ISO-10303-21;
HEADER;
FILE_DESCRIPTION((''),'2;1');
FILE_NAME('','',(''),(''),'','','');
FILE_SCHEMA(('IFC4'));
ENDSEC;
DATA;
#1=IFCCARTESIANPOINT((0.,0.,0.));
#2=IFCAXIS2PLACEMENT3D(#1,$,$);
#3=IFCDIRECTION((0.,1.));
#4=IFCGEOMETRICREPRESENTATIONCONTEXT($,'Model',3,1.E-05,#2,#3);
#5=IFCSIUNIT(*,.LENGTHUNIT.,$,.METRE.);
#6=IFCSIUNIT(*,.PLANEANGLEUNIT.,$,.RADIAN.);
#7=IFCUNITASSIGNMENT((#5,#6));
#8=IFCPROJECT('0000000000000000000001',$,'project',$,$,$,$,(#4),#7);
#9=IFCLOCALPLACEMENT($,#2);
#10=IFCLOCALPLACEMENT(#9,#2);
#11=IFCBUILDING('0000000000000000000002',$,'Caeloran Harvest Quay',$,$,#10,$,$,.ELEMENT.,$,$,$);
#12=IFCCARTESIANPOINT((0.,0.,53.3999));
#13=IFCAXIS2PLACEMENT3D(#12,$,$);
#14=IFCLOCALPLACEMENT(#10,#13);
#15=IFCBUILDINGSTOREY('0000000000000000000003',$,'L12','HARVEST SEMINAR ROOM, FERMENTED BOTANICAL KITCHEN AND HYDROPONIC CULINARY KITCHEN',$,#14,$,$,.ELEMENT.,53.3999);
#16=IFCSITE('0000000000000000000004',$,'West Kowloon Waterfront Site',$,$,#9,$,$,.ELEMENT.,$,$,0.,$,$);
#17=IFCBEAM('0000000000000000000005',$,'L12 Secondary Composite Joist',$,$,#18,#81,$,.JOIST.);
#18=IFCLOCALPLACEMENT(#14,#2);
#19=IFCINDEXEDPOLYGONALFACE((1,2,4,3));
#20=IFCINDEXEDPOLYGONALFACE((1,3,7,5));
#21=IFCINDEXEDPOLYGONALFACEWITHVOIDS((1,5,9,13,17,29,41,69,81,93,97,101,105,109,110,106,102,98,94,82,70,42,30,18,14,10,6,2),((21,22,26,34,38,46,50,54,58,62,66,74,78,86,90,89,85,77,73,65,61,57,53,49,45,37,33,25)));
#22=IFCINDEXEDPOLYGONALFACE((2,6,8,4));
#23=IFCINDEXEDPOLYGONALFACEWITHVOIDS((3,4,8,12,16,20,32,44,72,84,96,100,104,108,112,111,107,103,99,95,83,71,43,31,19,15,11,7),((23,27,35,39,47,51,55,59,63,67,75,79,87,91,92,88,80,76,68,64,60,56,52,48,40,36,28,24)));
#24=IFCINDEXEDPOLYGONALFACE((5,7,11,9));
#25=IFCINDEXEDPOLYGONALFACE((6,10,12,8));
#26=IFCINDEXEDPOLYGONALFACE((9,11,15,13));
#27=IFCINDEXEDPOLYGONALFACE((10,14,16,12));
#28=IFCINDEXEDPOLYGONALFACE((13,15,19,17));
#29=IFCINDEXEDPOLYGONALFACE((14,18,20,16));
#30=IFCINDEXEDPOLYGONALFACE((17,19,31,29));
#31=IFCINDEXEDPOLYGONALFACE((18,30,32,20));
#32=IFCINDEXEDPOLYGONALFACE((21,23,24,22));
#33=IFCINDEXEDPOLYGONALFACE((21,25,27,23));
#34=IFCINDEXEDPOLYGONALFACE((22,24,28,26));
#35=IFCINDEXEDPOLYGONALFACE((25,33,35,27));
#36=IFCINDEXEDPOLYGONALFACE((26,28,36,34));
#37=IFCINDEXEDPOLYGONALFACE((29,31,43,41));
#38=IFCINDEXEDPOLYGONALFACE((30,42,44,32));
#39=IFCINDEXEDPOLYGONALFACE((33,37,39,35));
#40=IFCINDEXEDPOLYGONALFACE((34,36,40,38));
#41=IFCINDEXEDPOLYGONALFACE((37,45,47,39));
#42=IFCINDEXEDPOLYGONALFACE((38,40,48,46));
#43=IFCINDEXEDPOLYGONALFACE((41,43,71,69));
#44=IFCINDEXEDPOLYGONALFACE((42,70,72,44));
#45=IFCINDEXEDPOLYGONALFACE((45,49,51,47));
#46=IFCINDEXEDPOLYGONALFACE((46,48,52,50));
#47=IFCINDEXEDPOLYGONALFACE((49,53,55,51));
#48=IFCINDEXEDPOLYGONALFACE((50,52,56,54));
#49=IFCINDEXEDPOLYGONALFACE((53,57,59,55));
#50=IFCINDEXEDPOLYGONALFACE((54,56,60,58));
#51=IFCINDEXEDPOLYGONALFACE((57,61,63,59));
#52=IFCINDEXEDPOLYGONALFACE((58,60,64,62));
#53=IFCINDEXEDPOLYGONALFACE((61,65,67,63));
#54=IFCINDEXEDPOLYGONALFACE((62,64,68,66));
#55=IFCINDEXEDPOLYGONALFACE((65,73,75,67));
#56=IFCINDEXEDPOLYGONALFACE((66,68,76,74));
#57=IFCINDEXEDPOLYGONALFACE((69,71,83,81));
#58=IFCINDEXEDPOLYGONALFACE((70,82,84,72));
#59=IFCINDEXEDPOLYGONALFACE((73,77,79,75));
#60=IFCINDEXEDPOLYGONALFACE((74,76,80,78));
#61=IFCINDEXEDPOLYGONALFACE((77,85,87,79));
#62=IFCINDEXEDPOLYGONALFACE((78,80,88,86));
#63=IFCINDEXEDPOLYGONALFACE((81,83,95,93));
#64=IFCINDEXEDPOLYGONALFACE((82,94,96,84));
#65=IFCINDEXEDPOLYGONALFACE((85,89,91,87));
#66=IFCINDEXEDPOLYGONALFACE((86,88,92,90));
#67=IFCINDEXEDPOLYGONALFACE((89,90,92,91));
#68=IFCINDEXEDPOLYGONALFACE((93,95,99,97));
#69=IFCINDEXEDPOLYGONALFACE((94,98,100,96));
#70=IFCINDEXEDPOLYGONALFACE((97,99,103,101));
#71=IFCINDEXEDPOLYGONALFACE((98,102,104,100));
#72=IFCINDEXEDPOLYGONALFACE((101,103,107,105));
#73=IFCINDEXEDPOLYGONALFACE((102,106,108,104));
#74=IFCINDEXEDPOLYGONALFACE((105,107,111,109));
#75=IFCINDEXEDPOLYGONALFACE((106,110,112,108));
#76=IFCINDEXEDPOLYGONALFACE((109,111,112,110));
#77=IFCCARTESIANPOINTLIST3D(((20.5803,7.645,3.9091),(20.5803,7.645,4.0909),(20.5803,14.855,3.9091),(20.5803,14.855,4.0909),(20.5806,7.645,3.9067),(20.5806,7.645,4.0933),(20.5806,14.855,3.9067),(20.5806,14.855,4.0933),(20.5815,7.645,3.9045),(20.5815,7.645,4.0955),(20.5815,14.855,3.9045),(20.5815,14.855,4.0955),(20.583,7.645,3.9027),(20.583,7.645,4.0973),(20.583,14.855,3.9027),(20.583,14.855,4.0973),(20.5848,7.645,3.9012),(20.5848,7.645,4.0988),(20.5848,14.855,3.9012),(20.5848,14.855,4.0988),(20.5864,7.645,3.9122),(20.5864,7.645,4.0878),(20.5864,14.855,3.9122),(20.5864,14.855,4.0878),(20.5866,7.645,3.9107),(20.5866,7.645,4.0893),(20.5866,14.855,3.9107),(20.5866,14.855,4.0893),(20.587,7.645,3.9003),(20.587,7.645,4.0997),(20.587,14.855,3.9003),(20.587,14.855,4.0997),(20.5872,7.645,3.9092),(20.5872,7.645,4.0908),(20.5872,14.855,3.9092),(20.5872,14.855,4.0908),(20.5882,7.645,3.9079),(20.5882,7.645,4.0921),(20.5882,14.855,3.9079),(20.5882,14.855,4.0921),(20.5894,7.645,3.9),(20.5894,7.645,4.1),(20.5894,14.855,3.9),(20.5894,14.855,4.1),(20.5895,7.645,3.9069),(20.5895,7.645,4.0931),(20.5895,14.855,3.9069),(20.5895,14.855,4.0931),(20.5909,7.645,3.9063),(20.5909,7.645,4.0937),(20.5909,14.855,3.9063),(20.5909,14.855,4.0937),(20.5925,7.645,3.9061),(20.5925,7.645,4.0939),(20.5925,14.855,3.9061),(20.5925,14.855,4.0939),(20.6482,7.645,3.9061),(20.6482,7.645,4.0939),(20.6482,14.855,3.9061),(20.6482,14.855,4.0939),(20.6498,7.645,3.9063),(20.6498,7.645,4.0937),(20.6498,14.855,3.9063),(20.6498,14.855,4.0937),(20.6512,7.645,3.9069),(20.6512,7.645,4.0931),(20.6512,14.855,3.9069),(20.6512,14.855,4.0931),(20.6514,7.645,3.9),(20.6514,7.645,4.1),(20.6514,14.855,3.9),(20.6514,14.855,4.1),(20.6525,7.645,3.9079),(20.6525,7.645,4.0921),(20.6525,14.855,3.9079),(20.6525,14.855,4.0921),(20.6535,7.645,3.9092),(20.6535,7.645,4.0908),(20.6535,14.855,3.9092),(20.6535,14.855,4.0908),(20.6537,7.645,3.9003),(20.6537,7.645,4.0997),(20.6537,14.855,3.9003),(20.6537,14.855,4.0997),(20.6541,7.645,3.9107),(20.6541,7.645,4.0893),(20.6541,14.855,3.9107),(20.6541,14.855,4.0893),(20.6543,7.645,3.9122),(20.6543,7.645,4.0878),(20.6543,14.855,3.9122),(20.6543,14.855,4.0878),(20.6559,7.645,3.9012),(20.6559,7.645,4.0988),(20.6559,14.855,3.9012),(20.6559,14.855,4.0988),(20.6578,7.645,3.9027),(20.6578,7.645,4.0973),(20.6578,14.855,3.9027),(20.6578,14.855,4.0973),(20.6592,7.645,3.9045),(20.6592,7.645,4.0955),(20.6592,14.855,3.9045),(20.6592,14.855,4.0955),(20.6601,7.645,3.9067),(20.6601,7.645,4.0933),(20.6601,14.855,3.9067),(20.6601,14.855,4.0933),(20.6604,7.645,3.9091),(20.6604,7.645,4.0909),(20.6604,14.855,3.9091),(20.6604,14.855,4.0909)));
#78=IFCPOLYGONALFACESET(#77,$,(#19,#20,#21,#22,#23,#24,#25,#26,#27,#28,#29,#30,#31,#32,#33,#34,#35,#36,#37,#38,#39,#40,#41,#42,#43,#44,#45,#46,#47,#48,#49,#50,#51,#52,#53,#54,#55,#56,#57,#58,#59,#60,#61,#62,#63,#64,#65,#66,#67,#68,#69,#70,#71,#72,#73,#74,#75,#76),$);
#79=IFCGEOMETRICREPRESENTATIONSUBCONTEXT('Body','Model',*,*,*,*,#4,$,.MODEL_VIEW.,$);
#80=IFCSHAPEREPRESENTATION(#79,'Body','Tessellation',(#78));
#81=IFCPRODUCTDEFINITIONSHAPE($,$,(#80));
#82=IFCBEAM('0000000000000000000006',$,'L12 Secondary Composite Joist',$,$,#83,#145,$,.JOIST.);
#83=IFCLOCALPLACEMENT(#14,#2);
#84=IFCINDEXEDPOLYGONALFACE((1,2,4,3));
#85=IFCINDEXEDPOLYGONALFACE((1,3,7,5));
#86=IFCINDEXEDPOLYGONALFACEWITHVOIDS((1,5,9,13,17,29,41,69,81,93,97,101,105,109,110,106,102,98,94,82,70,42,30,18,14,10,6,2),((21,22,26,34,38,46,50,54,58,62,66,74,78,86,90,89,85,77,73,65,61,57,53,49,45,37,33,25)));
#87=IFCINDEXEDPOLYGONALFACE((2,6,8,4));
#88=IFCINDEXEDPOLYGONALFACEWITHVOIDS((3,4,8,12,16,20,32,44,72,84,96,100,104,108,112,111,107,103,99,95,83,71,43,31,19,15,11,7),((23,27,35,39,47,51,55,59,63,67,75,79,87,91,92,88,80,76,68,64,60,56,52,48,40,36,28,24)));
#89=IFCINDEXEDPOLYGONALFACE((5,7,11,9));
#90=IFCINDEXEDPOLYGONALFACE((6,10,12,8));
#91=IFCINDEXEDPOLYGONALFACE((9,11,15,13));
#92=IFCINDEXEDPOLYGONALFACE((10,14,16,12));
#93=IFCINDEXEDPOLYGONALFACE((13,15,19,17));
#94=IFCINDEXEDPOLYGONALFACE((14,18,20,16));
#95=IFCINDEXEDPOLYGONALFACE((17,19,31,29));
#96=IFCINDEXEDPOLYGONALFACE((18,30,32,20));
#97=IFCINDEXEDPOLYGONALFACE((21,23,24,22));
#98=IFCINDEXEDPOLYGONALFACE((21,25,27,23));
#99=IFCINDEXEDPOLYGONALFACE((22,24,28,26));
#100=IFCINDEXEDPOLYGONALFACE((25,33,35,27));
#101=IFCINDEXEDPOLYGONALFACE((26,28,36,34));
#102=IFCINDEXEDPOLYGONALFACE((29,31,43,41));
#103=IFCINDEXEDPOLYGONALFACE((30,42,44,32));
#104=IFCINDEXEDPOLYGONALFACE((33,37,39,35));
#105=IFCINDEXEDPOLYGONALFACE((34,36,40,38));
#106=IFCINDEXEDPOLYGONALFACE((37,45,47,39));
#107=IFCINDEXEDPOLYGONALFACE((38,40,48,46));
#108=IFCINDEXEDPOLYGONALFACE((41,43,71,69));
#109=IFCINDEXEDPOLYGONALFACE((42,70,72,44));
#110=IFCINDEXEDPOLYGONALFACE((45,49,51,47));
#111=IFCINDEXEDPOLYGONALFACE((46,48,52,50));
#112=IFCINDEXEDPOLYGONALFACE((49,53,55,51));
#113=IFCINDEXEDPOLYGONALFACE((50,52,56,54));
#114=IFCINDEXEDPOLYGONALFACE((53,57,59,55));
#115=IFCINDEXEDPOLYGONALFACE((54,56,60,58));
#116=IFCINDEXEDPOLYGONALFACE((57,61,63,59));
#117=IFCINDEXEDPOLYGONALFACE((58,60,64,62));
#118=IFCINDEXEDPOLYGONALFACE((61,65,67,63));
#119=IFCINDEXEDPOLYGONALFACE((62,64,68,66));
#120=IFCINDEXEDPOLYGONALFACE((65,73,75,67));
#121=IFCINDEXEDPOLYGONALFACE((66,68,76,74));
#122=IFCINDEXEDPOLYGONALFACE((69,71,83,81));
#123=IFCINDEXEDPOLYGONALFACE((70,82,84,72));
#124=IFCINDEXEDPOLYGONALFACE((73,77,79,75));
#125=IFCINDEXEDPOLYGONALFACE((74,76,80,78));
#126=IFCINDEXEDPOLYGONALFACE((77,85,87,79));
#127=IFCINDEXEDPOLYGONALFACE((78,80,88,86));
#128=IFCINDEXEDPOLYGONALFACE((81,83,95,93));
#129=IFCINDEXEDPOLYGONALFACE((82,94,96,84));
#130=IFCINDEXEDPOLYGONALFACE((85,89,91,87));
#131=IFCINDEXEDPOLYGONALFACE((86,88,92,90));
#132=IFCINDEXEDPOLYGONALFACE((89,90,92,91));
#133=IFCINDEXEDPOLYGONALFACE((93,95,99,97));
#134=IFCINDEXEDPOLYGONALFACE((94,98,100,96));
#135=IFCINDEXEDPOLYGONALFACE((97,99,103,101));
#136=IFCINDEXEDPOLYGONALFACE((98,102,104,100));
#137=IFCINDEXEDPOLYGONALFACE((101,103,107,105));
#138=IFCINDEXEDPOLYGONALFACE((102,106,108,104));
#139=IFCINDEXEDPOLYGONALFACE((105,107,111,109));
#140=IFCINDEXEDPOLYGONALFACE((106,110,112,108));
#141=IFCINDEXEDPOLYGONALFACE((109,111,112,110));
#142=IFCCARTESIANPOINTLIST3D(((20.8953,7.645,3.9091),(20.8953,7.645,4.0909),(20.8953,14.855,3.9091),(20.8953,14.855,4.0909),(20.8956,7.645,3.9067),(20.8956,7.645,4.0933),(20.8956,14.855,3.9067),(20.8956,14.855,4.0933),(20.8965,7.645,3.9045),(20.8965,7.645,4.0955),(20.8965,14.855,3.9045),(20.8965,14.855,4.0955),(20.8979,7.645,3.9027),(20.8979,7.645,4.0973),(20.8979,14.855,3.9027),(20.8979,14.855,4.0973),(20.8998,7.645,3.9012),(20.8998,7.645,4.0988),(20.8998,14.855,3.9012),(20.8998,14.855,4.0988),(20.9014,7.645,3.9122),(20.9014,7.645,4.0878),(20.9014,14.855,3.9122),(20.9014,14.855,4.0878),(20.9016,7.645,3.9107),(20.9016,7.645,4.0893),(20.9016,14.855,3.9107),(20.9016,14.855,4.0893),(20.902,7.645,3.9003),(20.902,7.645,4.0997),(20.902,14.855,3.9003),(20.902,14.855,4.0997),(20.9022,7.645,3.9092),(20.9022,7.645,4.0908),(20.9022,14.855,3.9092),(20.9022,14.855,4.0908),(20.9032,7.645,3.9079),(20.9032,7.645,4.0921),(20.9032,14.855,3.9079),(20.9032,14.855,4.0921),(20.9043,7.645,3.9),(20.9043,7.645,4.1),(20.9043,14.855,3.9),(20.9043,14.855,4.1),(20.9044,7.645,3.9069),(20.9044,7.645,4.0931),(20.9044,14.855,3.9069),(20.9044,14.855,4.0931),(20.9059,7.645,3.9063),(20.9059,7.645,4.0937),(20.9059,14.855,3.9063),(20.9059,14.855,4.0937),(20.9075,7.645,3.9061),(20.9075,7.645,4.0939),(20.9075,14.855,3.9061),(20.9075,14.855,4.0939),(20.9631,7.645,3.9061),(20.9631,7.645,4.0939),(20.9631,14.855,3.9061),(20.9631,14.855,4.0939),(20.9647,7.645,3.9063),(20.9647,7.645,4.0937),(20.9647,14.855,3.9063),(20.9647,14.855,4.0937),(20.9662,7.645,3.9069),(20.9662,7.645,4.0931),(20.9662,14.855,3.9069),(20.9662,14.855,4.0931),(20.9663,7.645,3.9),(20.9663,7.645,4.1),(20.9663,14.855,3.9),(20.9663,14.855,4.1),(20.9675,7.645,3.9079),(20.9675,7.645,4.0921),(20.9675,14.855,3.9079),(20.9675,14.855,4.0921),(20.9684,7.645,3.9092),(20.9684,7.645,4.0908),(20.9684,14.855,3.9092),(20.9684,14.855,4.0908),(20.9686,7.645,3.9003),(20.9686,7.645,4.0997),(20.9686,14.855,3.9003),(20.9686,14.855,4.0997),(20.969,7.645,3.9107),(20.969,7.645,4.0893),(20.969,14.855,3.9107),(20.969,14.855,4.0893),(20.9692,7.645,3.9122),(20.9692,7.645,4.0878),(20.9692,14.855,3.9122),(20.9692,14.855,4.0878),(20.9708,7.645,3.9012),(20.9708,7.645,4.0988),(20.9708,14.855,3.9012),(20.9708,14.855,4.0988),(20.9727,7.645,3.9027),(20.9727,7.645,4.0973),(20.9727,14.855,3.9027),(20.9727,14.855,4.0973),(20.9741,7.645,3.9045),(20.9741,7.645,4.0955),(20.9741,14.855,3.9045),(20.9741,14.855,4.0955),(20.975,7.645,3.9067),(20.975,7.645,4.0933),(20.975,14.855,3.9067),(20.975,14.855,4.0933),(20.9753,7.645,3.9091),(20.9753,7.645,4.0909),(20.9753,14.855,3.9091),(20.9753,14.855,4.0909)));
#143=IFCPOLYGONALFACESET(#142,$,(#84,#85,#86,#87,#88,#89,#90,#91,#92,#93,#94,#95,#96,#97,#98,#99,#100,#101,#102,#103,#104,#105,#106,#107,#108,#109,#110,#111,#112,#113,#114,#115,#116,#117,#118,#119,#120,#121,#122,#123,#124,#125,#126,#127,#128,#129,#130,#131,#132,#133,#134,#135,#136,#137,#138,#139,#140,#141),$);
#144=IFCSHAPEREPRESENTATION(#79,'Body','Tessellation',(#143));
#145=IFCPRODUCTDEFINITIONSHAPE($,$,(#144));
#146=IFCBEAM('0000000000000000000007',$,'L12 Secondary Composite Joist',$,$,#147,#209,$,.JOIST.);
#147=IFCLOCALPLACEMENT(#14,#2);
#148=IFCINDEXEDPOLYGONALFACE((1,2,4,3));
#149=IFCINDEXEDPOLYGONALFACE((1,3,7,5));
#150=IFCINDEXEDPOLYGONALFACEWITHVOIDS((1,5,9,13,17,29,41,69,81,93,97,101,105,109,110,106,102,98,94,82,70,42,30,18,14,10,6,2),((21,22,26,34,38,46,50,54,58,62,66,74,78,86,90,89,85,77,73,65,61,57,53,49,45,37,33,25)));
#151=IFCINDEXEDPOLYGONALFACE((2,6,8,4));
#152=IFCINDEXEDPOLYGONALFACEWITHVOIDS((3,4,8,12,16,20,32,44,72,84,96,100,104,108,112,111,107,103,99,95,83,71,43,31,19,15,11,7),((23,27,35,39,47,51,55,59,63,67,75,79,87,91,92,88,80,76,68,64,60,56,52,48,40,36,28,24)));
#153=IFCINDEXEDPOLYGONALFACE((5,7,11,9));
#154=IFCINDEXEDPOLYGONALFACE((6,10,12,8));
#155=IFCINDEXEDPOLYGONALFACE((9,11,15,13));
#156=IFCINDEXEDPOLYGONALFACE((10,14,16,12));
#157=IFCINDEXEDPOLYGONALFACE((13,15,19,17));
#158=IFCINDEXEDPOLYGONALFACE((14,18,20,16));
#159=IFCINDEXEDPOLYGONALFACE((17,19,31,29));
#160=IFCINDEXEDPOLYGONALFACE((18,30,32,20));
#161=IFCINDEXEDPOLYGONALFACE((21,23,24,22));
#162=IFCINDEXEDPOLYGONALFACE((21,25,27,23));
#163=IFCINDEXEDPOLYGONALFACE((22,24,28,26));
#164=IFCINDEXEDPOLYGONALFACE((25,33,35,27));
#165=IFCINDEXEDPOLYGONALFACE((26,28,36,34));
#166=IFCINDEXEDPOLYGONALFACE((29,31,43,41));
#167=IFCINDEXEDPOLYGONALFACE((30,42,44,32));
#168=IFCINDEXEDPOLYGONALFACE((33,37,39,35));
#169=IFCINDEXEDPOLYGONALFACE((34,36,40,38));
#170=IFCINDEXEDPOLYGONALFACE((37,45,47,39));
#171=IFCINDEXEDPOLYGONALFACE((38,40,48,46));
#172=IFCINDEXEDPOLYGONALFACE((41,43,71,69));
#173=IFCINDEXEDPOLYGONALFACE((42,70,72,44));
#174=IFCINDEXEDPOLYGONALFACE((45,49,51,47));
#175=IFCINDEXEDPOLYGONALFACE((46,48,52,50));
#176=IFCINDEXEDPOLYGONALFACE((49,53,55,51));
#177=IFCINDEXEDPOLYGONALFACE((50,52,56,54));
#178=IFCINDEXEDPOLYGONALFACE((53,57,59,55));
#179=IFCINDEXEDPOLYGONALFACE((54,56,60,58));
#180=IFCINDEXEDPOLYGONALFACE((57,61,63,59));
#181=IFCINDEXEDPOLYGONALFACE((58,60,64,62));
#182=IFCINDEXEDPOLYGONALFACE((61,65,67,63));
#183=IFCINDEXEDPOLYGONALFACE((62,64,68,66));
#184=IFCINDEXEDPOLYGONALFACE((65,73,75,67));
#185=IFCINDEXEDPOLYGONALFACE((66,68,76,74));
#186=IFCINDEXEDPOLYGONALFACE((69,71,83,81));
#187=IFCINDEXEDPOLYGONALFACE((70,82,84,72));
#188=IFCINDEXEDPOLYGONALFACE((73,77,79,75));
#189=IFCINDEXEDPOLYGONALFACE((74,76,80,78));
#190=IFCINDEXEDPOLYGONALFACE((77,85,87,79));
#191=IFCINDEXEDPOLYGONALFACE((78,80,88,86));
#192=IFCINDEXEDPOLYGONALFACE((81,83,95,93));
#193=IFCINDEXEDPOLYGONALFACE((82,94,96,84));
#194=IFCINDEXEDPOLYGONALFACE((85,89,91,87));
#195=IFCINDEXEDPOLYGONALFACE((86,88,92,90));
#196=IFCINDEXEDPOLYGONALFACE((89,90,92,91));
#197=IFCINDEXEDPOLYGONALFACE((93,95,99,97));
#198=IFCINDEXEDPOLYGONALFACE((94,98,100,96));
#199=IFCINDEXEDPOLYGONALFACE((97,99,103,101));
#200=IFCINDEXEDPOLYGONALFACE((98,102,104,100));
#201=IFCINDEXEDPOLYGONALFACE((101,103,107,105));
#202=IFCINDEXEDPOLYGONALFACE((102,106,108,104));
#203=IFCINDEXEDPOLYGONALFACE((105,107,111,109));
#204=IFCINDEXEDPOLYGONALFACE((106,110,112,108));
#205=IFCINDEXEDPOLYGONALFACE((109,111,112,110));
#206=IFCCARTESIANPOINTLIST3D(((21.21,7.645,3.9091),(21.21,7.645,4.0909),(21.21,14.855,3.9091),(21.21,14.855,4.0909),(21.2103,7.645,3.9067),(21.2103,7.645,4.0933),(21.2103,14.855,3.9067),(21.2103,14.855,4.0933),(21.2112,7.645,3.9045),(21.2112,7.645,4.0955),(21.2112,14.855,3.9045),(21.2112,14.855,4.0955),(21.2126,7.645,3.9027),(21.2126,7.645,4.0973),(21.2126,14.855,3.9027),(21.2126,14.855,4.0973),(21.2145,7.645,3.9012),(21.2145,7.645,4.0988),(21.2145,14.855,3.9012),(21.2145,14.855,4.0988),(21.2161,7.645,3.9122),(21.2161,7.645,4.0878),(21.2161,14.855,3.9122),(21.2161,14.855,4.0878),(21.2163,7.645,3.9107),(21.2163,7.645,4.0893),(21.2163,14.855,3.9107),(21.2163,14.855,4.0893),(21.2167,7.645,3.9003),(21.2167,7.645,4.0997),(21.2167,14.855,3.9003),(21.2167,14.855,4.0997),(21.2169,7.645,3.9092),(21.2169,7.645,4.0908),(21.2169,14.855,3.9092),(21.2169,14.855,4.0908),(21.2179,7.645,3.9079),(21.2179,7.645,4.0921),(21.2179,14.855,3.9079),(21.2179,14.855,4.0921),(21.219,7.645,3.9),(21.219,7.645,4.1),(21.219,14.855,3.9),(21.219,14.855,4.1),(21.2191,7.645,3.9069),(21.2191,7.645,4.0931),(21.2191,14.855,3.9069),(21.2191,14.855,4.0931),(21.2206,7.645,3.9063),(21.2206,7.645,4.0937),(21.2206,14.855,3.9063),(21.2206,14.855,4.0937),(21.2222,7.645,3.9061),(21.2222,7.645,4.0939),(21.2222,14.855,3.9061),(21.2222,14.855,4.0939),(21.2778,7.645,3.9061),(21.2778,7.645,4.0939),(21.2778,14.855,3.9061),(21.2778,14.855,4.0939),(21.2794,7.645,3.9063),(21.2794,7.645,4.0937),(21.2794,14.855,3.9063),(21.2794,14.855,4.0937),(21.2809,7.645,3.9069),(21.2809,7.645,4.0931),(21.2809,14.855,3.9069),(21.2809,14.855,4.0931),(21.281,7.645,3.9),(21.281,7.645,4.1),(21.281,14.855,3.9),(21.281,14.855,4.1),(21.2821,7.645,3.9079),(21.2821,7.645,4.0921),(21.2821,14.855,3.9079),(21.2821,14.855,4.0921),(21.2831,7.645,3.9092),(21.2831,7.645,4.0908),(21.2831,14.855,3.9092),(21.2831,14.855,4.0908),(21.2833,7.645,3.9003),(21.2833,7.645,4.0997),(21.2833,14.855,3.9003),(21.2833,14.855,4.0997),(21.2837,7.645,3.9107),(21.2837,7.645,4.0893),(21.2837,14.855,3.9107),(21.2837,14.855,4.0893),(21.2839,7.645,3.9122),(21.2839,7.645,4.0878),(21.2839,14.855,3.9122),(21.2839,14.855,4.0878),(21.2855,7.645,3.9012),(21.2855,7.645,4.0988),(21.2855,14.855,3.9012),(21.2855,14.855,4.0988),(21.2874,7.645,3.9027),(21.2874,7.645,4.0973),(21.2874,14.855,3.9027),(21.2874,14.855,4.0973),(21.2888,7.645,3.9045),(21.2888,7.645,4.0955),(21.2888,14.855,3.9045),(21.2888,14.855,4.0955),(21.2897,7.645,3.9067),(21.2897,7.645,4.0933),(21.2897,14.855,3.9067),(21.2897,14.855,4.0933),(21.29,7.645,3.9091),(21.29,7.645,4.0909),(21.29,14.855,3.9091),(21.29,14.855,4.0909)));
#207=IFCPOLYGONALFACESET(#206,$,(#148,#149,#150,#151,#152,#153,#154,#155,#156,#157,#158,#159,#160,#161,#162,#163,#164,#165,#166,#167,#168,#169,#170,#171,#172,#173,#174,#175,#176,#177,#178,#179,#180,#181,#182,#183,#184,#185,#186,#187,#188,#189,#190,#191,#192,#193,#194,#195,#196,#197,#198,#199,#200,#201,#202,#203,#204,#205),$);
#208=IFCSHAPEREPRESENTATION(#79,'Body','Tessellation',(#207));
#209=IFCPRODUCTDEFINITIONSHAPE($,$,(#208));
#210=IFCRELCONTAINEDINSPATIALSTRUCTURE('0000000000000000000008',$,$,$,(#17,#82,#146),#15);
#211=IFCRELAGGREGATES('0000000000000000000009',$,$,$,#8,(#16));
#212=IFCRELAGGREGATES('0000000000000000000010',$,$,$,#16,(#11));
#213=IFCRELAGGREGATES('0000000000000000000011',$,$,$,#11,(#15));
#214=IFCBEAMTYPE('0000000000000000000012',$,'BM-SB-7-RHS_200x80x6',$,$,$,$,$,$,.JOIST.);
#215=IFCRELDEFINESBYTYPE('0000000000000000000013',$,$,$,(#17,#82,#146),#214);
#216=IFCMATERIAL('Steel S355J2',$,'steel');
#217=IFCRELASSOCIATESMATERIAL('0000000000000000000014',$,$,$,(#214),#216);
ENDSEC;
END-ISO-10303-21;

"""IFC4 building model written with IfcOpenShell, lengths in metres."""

from ifc_helpers import new_model, si_unit, direction, frame, origin, origin_2d, place, context, subcontext, project, spatial, hollow_rectangle, extrude, material, material_profile, profile_set, type_object, element, save


model = new_model("IFC4")

# Units and contexts
model_context = context("Model", 3, precision=1e-05, world=origin(), true_north=direction((0.0, 1.0)))
body_context = subcontext(model_context, "Body", "Model", "MODEL_VIEW")
ifc_project = project(units=[si_unit("LENGTHUNIT", "METRE"), si_unit("PLANEANGLEUNIT", "RADIAN")], contexts=[model_context])

# Site, building, storey
site_placement = place(None, origin())
site = spatial("IfcSite", under=ifc_project, at=site_placement, Name="West Kowloon Waterfront Site", CompositionType="ELEMENT", RefElevation=0.0)
building_placement = place(site_placement, origin())
building = spatial("IfcBuilding", under=site, at=building_placement, Name="Caeloran Harvest Quay", CompositionType="ELEMENT")
storey_placement = place(building_placement, frame((0.0, 0.0, 53.3999)))
storey = spatial("IfcBuildingStorey", under=building, at=storey_placement, Name="L12", Description="HARVEST SEMINAR ROOM, FERMENTED BOTANICAL KITCHEN AND HYDROPONIC CULINARY KITCHEN", CompositionType="ELEMENT", Elevation=53.3999)

# Beams
ifc_material = material(Name="Steel S355J2", Category="steel")
ifc_material_profile_1 = material_profile(ifc_material, hollow_rectangle(XDim=0.0801, YDim=0.2, WallThickness=0.0061, InnerFilletRadius=0.0061, OuterFilletRadius=0.009, at=origin_2d()), Name="RHS 200x80x6")
ifc_profile_set_1 = profile_set([ifc_material_profile_1], Name="Steel S355J2")
beam_type_1 = type_object("IfcBeamType", Name="BM-SB-7-RHS_200x80x6", PredefinedType="JOIST", material=ifc_profile_set_1)
for number, where, z_axis, x_axis, name in (
    (1, (20.6204, 7.645, 4.0), (0.0, 1.0, 0.0), (-1.0, 0.0, 0.0), "L12 Secondary Composite Joist"),
    (2, (20.9353, 7.645, 4.0), (0.0, 1.0, 0.0), (-1.0, 0.0, 0.0), "L12 Secondary Composite Joist"),
    (3, (21.25, 7.645, 4.0), (0.0, 1.0, 0.0), (-1.0, 0.0, 0.0), "L12 Secondary Composite Joist"),
):
    element("IfcBeam", number, at=place(storey_placement, frame(where, z_axis=z_axis, x_axis=x_axis)), inside=storey, type_object=beam_type_1, Name=name, PredefinedType="JOIST", context=body_context, shape_type="SweptSolid", body=[
        extrude(hollow_rectangle(XDim=0.0801, YDim=0.2, WallThickness=0.0061, InnerFilletRadius=0.0061, OuterFilletRadius=0.009, at=origin_2d()), origin(), (0.0, 0.0, 1.0), 7.21),
    ])

save(model, "model.ifc")
